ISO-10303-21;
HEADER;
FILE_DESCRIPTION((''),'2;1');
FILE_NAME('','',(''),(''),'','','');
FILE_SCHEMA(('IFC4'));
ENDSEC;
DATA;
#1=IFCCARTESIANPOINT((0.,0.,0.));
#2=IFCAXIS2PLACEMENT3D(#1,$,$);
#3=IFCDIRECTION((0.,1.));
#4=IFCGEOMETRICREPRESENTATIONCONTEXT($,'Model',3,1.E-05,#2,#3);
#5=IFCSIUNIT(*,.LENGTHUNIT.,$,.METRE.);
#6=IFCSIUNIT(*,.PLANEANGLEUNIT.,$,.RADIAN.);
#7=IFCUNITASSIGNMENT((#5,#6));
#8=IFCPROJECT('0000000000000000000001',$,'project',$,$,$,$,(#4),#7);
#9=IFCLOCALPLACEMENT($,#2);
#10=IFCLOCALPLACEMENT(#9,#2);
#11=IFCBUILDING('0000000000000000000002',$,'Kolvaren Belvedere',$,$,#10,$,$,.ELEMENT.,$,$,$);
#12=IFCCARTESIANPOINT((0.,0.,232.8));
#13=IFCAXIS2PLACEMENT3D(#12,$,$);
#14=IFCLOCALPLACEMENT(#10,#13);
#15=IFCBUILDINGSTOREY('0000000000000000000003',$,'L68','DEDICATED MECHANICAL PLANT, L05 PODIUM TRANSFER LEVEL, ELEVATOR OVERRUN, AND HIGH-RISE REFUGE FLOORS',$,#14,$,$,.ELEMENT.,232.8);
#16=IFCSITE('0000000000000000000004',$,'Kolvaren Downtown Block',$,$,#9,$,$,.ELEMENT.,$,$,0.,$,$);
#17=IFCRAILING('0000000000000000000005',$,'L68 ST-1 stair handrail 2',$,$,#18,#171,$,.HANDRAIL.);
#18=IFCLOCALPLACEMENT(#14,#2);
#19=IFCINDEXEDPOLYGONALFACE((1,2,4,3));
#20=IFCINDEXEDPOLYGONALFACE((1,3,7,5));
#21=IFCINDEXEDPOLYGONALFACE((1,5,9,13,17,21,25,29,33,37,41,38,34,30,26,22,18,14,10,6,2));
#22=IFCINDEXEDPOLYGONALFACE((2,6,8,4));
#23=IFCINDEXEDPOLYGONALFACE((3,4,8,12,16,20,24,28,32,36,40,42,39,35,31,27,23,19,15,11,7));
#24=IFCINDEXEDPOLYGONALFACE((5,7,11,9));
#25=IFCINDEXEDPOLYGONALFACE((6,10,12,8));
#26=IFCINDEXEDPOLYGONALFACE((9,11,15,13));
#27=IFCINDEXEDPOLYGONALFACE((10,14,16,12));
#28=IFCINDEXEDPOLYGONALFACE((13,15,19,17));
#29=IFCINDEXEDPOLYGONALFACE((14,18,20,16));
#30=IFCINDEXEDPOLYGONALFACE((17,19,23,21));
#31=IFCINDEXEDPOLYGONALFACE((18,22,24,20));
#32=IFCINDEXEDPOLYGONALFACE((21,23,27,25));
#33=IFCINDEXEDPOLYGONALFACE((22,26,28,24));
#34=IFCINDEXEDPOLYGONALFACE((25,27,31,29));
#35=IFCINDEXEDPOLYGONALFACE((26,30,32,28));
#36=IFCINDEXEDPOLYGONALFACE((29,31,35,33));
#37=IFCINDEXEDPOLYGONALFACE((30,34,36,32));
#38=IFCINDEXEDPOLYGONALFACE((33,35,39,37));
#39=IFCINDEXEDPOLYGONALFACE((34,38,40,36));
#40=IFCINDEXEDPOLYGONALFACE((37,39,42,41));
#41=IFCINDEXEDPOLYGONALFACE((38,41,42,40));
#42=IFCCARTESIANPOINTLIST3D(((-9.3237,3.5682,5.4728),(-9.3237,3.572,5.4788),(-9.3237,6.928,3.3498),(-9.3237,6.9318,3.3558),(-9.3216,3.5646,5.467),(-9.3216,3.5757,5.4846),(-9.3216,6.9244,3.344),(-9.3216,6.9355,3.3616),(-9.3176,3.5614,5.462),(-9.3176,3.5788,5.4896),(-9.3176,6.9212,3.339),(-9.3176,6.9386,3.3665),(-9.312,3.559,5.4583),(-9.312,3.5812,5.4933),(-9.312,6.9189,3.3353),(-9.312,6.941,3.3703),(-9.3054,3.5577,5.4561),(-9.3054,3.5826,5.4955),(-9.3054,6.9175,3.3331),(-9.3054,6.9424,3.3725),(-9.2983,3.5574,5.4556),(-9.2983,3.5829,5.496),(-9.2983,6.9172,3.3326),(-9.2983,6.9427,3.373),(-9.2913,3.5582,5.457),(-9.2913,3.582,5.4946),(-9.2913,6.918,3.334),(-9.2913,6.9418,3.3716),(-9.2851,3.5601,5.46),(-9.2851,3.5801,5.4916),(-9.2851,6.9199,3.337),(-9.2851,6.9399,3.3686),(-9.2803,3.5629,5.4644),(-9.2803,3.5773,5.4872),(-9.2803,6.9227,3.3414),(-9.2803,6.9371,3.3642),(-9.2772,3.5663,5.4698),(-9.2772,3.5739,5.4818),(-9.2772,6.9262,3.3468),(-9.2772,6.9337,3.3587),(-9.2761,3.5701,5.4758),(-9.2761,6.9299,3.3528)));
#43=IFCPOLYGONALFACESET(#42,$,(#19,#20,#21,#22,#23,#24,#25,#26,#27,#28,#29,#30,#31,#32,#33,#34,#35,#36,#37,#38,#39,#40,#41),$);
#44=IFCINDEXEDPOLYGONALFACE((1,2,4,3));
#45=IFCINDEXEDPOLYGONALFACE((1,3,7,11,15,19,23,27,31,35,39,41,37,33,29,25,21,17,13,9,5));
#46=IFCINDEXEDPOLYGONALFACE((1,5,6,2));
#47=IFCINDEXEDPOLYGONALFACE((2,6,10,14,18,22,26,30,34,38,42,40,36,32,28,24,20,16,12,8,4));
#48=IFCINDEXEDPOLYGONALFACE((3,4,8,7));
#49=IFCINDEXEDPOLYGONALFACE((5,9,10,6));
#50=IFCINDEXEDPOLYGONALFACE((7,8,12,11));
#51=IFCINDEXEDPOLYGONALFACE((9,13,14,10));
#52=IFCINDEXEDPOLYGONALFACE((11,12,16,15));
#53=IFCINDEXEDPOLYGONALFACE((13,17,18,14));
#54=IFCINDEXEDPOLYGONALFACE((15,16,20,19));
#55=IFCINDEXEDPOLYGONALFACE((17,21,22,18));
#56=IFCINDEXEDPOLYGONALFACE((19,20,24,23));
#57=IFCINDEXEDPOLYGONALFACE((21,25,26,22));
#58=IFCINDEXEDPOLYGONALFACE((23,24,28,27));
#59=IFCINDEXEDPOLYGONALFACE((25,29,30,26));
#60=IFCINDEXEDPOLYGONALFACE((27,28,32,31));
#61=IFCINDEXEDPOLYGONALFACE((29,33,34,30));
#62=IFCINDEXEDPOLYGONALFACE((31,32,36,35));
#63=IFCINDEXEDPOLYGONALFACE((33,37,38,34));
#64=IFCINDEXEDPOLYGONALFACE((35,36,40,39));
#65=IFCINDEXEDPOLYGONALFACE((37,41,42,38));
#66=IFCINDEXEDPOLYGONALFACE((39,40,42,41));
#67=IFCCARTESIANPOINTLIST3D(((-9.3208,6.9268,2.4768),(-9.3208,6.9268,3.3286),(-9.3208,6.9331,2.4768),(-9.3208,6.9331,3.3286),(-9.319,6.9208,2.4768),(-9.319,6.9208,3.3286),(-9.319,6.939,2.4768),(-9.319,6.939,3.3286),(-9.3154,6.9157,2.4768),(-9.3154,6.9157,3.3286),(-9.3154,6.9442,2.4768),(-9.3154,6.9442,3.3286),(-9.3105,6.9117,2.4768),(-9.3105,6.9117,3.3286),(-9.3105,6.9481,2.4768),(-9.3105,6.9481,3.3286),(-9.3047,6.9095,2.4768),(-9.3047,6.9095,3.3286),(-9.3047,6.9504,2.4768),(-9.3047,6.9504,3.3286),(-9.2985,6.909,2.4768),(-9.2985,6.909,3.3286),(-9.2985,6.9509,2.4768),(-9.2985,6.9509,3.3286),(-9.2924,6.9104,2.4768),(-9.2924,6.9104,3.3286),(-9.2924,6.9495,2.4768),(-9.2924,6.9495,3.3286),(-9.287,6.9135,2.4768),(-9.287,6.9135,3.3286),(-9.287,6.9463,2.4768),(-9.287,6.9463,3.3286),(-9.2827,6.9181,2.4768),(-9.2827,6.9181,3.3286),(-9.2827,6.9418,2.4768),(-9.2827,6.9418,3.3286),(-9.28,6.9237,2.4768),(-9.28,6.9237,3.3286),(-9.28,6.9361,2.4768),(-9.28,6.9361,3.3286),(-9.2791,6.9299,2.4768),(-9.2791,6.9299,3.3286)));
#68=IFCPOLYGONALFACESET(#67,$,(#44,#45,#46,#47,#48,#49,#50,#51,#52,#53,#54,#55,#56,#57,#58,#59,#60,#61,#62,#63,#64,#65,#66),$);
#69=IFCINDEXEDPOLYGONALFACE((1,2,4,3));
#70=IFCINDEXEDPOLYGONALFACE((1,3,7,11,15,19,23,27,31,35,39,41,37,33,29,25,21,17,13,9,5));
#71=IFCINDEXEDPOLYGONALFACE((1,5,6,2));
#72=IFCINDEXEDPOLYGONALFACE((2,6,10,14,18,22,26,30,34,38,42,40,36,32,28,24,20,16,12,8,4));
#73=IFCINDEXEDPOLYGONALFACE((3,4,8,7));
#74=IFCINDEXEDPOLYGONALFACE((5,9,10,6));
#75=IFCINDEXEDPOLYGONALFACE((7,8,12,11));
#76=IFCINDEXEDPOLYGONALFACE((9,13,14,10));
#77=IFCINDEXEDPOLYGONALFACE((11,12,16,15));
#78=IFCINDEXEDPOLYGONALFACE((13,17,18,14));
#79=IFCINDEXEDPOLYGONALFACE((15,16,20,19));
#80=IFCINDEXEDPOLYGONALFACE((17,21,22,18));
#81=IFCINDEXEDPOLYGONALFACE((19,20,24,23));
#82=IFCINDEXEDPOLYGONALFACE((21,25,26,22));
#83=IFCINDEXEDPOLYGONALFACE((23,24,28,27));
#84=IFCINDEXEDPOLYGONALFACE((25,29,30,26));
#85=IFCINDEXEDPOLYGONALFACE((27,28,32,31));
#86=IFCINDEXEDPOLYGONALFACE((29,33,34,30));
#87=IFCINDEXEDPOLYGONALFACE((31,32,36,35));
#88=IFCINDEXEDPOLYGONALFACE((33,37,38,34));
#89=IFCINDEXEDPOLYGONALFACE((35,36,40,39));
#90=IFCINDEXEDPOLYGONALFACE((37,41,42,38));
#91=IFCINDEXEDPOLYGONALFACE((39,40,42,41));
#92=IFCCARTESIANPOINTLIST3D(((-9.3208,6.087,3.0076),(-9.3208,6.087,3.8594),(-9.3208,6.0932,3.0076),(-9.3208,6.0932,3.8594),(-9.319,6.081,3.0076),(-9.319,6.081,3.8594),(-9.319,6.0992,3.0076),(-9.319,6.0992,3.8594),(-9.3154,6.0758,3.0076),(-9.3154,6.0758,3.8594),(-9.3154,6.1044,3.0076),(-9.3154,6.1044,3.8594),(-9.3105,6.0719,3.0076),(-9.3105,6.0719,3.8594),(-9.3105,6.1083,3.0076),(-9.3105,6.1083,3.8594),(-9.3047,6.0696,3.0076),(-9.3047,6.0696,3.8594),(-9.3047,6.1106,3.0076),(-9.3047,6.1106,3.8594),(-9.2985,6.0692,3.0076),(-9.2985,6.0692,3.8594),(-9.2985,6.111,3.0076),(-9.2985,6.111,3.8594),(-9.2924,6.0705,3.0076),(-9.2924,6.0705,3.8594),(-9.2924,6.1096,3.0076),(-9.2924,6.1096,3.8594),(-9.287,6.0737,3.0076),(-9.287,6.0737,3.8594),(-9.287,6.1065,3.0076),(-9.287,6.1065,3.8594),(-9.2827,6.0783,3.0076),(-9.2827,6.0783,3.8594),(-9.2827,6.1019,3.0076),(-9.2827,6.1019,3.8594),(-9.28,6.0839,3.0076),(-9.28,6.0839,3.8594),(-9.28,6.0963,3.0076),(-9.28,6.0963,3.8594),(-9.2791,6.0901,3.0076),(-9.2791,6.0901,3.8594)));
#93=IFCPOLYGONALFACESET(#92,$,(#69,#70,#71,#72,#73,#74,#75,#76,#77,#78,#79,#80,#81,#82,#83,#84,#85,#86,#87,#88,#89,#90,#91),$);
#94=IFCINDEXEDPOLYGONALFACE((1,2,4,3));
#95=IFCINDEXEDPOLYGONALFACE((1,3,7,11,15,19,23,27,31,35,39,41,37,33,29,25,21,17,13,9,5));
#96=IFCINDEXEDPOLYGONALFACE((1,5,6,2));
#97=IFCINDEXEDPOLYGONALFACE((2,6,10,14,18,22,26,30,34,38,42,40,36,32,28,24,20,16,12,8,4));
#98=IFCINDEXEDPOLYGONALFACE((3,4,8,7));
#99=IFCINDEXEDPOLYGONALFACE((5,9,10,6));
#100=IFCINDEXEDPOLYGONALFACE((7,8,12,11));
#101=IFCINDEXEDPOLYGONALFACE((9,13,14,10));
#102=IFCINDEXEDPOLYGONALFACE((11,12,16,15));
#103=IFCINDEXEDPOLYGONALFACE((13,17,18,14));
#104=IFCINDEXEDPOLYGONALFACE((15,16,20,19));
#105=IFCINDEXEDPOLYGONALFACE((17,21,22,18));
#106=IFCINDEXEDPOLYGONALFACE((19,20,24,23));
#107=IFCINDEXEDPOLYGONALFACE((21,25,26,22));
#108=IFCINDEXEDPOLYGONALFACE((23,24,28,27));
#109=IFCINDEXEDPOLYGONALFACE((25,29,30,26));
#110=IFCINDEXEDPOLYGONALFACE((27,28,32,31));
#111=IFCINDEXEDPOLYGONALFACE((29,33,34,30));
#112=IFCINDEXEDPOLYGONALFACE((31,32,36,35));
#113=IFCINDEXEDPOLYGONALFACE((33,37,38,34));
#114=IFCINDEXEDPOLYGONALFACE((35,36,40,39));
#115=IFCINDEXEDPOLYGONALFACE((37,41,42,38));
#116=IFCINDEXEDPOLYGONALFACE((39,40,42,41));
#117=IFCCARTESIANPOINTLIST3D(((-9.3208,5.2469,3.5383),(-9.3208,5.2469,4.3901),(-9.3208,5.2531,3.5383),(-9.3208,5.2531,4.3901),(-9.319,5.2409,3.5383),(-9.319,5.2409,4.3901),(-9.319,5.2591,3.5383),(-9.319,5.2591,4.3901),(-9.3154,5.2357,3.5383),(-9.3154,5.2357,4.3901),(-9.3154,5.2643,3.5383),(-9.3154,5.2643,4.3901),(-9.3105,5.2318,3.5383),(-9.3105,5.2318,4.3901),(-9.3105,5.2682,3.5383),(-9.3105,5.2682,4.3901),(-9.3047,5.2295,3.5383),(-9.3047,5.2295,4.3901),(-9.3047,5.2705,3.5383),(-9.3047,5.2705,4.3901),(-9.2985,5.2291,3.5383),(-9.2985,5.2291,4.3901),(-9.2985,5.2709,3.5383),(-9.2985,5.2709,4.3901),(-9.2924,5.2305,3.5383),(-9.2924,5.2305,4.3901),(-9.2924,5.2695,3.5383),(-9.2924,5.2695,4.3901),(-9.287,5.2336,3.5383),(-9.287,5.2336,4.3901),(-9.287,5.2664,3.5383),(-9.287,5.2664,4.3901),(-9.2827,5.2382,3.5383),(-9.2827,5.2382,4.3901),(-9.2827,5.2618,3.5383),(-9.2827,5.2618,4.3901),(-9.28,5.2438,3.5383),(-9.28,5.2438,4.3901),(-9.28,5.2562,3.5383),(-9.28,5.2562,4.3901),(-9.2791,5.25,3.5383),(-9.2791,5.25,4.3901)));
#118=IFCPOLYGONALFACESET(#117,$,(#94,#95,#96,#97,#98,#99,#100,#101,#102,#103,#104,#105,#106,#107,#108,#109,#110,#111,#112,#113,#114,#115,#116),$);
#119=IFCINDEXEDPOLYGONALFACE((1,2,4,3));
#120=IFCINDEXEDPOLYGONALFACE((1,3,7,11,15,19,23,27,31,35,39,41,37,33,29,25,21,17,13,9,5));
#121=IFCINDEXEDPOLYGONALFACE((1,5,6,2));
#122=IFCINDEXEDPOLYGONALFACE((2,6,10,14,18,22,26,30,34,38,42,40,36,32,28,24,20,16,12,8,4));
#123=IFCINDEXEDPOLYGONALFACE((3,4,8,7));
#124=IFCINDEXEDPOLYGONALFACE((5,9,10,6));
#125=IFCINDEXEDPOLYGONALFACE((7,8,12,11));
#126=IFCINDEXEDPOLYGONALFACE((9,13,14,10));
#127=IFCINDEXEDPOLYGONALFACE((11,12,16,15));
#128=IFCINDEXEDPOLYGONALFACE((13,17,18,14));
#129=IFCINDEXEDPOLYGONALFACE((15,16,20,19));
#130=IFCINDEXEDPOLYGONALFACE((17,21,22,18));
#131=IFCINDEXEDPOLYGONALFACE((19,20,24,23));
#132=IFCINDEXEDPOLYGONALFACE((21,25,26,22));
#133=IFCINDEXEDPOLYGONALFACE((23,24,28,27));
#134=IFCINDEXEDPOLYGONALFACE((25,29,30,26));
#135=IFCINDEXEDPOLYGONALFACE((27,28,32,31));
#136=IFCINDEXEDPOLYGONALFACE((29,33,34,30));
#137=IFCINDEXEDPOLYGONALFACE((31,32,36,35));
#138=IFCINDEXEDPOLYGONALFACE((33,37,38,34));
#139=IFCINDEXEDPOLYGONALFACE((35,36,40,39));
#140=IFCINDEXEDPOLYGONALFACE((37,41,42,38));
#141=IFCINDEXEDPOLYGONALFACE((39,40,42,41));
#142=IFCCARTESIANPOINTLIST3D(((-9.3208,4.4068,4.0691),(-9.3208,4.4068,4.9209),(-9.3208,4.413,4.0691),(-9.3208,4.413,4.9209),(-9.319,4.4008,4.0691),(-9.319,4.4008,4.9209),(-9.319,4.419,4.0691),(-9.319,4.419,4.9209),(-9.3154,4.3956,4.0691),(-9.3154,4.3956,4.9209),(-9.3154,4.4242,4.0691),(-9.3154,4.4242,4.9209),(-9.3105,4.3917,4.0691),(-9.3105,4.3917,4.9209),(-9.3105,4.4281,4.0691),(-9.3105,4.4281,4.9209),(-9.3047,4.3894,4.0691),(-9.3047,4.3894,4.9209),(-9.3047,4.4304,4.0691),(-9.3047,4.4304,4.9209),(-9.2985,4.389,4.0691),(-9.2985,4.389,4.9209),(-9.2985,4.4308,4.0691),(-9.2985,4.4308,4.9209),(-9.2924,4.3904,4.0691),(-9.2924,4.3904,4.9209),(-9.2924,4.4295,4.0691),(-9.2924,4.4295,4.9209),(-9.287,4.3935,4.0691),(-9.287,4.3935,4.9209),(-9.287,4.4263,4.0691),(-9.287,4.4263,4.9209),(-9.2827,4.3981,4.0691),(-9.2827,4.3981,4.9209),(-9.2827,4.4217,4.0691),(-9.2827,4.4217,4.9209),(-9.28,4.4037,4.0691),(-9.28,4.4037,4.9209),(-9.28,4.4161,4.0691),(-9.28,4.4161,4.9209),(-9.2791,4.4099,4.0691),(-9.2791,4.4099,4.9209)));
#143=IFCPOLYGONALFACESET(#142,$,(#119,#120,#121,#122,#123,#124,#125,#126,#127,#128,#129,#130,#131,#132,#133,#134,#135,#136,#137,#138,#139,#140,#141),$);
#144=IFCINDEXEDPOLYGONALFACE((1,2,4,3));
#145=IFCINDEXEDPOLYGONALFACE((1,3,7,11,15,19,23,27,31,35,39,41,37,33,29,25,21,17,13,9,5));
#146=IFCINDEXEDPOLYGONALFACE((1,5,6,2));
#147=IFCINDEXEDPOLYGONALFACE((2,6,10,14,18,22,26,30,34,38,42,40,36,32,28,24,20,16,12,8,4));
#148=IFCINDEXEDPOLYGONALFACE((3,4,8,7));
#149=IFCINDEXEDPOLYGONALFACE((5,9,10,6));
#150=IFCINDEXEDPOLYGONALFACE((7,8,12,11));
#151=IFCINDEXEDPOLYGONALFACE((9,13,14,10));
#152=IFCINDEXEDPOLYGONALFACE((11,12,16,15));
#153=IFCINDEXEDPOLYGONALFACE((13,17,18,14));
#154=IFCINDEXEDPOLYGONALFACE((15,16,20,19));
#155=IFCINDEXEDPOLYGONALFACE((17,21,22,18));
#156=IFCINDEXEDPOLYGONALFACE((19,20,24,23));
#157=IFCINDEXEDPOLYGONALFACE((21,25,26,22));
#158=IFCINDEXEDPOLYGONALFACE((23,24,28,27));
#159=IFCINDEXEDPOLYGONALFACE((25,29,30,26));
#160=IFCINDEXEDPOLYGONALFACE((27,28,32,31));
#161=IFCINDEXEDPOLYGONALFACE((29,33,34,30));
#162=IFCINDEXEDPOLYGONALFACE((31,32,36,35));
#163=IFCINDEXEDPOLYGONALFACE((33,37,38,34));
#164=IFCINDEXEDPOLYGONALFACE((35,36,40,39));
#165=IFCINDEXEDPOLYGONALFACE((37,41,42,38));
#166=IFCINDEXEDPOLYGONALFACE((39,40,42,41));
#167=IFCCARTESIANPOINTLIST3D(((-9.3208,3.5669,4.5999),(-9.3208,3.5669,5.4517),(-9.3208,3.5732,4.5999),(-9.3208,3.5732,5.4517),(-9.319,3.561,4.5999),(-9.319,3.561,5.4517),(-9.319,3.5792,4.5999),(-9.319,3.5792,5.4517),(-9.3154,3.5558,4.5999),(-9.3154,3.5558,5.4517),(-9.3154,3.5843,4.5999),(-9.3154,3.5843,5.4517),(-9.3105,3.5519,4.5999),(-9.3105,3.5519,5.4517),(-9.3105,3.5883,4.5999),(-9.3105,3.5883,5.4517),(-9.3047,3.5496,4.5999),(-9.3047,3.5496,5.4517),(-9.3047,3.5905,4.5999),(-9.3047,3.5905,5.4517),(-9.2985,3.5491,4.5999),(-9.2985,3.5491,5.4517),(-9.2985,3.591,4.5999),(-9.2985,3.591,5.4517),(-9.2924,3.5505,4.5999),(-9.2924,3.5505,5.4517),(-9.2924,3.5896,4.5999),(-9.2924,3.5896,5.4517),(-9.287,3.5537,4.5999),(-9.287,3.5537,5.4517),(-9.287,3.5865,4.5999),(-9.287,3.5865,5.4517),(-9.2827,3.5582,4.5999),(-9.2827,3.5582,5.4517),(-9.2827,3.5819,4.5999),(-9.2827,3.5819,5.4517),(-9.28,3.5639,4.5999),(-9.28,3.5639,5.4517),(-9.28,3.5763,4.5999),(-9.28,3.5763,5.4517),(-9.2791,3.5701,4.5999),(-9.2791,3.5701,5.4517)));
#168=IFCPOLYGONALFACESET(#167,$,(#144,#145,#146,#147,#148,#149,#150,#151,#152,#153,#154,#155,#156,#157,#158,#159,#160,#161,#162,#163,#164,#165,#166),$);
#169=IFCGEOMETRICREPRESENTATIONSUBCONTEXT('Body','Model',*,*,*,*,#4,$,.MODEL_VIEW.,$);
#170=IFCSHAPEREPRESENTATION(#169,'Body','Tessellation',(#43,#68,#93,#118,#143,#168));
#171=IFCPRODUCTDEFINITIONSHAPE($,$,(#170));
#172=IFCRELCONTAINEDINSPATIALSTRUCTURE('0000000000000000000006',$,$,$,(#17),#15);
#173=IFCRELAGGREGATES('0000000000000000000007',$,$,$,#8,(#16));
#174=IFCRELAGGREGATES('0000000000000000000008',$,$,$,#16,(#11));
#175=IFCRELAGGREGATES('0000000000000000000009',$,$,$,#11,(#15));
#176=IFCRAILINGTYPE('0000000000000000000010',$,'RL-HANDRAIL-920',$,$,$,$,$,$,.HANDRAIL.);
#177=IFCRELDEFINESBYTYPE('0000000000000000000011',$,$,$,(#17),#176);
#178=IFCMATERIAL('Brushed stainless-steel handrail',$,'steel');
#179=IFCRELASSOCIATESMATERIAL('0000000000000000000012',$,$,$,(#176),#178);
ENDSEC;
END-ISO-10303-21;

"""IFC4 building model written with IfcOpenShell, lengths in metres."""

from ifc_helpers import new_model, si_unit, direction, frame, origin, origin_2d, place, context, subcontext, project, spatial, circle, extrude, material, type_object, element, save


model = new_model("IFC4")

# Units and contexts
model_context = context("Model", 3, precision=1e-05, world=origin(), true_north=direction((0.0, 1.0)))
body_context = subcontext(model_context, "Body", "Model", "MODEL_VIEW")
ifc_project = project(units=[si_unit("LENGTHUNIT", "METRE"), si_unit("PLANEANGLEUNIT", "RADIAN")], contexts=[model_context])

# Site, building, storey
site_placement = place(None, origin())
site = spatial("IfcSite", under=ifc_project, at=site_placement, Name="Kolvaren Downtown Block", CompositionType="ELEMENT", RefElevation=0.0)
building_placement = place(site_placement, origin())
building = spatial("IfcBuilding", under=site, at=building_placement, Name="Kolvaren Belvedere", CompositionType="ELEMENT")
storey_placement = place(building_placement, frame((0.0, 0.0, 232.8)))
storey = spatial("IfcBuildingStorey", under=building, at=storey_placement, Name="L68", Description="DEDICATED MECHANICAL PLANT, L05 PODIUM TRANSFER LEVEL, ELEVATOR OVERRUN, AND HIGH-RISE REFUGE FLOORS", CompositionType="ELEMENT", Elevation=232.8)

# Railing
ifc_material_1 = material(Name="Brushed stainless-steel handrail", Category="steel")
railing_type_1 = type_object("IfcRailingType", Name="RL-HANDRAIL-920", PredefinedType="HANDRAIL", material=ifc_material_1)
railing_1_placement = place(storey_placement, frame((-9.3, 6.9299, 2.4768)))
element("IfcRailing", 1, at=railing_1_placement, inside=storey, type_object=railing_type_1, Name="L68 ST-1 stair handrail 2", PredefinedType="HANDRAIL", context=body_context, shape_type="SweptSolid", body=[
    extrude(circle(Radius=0.0239, at=origin_2d()), frame((0.0, 0.0, 0.876), z_axis=(0.0, -0.845372, 0.534178), x_axis=(1.0, 0.0, 0.0)), (0.0, 0.0, 1.0), 3.9744),
    extrude(circle(Radius=0.021, at=origin_2d()), origin(), (0.0, 0.0, 1.0), 0.8518),
    extrude(circle(Radius=0.021, at=origin_2d()), frame((0.0, -0.8398, 0.5308)), (0.0, 0.0, 1.0), 0.8518),
    extrude(circle(Radius=0.021, at=origin_2d()), frame((0.0, -1.6799, 1.0615)), (0.0, 0.0, 1.0), 0.8518),
    extrude(circle(Radius=0.021, at=origin_2d()), frame((0.0, -2.52, 1.5923)), (0.0, 0.0, 1.0), 0.8518),
    extrude(circle(Radius=0.021, at=origin_2d()), frame((0.0, -3.3599, 2.123)), (0.0, 0.0, 1.0), 0.8518),
])

save(model, "model.ifc")
